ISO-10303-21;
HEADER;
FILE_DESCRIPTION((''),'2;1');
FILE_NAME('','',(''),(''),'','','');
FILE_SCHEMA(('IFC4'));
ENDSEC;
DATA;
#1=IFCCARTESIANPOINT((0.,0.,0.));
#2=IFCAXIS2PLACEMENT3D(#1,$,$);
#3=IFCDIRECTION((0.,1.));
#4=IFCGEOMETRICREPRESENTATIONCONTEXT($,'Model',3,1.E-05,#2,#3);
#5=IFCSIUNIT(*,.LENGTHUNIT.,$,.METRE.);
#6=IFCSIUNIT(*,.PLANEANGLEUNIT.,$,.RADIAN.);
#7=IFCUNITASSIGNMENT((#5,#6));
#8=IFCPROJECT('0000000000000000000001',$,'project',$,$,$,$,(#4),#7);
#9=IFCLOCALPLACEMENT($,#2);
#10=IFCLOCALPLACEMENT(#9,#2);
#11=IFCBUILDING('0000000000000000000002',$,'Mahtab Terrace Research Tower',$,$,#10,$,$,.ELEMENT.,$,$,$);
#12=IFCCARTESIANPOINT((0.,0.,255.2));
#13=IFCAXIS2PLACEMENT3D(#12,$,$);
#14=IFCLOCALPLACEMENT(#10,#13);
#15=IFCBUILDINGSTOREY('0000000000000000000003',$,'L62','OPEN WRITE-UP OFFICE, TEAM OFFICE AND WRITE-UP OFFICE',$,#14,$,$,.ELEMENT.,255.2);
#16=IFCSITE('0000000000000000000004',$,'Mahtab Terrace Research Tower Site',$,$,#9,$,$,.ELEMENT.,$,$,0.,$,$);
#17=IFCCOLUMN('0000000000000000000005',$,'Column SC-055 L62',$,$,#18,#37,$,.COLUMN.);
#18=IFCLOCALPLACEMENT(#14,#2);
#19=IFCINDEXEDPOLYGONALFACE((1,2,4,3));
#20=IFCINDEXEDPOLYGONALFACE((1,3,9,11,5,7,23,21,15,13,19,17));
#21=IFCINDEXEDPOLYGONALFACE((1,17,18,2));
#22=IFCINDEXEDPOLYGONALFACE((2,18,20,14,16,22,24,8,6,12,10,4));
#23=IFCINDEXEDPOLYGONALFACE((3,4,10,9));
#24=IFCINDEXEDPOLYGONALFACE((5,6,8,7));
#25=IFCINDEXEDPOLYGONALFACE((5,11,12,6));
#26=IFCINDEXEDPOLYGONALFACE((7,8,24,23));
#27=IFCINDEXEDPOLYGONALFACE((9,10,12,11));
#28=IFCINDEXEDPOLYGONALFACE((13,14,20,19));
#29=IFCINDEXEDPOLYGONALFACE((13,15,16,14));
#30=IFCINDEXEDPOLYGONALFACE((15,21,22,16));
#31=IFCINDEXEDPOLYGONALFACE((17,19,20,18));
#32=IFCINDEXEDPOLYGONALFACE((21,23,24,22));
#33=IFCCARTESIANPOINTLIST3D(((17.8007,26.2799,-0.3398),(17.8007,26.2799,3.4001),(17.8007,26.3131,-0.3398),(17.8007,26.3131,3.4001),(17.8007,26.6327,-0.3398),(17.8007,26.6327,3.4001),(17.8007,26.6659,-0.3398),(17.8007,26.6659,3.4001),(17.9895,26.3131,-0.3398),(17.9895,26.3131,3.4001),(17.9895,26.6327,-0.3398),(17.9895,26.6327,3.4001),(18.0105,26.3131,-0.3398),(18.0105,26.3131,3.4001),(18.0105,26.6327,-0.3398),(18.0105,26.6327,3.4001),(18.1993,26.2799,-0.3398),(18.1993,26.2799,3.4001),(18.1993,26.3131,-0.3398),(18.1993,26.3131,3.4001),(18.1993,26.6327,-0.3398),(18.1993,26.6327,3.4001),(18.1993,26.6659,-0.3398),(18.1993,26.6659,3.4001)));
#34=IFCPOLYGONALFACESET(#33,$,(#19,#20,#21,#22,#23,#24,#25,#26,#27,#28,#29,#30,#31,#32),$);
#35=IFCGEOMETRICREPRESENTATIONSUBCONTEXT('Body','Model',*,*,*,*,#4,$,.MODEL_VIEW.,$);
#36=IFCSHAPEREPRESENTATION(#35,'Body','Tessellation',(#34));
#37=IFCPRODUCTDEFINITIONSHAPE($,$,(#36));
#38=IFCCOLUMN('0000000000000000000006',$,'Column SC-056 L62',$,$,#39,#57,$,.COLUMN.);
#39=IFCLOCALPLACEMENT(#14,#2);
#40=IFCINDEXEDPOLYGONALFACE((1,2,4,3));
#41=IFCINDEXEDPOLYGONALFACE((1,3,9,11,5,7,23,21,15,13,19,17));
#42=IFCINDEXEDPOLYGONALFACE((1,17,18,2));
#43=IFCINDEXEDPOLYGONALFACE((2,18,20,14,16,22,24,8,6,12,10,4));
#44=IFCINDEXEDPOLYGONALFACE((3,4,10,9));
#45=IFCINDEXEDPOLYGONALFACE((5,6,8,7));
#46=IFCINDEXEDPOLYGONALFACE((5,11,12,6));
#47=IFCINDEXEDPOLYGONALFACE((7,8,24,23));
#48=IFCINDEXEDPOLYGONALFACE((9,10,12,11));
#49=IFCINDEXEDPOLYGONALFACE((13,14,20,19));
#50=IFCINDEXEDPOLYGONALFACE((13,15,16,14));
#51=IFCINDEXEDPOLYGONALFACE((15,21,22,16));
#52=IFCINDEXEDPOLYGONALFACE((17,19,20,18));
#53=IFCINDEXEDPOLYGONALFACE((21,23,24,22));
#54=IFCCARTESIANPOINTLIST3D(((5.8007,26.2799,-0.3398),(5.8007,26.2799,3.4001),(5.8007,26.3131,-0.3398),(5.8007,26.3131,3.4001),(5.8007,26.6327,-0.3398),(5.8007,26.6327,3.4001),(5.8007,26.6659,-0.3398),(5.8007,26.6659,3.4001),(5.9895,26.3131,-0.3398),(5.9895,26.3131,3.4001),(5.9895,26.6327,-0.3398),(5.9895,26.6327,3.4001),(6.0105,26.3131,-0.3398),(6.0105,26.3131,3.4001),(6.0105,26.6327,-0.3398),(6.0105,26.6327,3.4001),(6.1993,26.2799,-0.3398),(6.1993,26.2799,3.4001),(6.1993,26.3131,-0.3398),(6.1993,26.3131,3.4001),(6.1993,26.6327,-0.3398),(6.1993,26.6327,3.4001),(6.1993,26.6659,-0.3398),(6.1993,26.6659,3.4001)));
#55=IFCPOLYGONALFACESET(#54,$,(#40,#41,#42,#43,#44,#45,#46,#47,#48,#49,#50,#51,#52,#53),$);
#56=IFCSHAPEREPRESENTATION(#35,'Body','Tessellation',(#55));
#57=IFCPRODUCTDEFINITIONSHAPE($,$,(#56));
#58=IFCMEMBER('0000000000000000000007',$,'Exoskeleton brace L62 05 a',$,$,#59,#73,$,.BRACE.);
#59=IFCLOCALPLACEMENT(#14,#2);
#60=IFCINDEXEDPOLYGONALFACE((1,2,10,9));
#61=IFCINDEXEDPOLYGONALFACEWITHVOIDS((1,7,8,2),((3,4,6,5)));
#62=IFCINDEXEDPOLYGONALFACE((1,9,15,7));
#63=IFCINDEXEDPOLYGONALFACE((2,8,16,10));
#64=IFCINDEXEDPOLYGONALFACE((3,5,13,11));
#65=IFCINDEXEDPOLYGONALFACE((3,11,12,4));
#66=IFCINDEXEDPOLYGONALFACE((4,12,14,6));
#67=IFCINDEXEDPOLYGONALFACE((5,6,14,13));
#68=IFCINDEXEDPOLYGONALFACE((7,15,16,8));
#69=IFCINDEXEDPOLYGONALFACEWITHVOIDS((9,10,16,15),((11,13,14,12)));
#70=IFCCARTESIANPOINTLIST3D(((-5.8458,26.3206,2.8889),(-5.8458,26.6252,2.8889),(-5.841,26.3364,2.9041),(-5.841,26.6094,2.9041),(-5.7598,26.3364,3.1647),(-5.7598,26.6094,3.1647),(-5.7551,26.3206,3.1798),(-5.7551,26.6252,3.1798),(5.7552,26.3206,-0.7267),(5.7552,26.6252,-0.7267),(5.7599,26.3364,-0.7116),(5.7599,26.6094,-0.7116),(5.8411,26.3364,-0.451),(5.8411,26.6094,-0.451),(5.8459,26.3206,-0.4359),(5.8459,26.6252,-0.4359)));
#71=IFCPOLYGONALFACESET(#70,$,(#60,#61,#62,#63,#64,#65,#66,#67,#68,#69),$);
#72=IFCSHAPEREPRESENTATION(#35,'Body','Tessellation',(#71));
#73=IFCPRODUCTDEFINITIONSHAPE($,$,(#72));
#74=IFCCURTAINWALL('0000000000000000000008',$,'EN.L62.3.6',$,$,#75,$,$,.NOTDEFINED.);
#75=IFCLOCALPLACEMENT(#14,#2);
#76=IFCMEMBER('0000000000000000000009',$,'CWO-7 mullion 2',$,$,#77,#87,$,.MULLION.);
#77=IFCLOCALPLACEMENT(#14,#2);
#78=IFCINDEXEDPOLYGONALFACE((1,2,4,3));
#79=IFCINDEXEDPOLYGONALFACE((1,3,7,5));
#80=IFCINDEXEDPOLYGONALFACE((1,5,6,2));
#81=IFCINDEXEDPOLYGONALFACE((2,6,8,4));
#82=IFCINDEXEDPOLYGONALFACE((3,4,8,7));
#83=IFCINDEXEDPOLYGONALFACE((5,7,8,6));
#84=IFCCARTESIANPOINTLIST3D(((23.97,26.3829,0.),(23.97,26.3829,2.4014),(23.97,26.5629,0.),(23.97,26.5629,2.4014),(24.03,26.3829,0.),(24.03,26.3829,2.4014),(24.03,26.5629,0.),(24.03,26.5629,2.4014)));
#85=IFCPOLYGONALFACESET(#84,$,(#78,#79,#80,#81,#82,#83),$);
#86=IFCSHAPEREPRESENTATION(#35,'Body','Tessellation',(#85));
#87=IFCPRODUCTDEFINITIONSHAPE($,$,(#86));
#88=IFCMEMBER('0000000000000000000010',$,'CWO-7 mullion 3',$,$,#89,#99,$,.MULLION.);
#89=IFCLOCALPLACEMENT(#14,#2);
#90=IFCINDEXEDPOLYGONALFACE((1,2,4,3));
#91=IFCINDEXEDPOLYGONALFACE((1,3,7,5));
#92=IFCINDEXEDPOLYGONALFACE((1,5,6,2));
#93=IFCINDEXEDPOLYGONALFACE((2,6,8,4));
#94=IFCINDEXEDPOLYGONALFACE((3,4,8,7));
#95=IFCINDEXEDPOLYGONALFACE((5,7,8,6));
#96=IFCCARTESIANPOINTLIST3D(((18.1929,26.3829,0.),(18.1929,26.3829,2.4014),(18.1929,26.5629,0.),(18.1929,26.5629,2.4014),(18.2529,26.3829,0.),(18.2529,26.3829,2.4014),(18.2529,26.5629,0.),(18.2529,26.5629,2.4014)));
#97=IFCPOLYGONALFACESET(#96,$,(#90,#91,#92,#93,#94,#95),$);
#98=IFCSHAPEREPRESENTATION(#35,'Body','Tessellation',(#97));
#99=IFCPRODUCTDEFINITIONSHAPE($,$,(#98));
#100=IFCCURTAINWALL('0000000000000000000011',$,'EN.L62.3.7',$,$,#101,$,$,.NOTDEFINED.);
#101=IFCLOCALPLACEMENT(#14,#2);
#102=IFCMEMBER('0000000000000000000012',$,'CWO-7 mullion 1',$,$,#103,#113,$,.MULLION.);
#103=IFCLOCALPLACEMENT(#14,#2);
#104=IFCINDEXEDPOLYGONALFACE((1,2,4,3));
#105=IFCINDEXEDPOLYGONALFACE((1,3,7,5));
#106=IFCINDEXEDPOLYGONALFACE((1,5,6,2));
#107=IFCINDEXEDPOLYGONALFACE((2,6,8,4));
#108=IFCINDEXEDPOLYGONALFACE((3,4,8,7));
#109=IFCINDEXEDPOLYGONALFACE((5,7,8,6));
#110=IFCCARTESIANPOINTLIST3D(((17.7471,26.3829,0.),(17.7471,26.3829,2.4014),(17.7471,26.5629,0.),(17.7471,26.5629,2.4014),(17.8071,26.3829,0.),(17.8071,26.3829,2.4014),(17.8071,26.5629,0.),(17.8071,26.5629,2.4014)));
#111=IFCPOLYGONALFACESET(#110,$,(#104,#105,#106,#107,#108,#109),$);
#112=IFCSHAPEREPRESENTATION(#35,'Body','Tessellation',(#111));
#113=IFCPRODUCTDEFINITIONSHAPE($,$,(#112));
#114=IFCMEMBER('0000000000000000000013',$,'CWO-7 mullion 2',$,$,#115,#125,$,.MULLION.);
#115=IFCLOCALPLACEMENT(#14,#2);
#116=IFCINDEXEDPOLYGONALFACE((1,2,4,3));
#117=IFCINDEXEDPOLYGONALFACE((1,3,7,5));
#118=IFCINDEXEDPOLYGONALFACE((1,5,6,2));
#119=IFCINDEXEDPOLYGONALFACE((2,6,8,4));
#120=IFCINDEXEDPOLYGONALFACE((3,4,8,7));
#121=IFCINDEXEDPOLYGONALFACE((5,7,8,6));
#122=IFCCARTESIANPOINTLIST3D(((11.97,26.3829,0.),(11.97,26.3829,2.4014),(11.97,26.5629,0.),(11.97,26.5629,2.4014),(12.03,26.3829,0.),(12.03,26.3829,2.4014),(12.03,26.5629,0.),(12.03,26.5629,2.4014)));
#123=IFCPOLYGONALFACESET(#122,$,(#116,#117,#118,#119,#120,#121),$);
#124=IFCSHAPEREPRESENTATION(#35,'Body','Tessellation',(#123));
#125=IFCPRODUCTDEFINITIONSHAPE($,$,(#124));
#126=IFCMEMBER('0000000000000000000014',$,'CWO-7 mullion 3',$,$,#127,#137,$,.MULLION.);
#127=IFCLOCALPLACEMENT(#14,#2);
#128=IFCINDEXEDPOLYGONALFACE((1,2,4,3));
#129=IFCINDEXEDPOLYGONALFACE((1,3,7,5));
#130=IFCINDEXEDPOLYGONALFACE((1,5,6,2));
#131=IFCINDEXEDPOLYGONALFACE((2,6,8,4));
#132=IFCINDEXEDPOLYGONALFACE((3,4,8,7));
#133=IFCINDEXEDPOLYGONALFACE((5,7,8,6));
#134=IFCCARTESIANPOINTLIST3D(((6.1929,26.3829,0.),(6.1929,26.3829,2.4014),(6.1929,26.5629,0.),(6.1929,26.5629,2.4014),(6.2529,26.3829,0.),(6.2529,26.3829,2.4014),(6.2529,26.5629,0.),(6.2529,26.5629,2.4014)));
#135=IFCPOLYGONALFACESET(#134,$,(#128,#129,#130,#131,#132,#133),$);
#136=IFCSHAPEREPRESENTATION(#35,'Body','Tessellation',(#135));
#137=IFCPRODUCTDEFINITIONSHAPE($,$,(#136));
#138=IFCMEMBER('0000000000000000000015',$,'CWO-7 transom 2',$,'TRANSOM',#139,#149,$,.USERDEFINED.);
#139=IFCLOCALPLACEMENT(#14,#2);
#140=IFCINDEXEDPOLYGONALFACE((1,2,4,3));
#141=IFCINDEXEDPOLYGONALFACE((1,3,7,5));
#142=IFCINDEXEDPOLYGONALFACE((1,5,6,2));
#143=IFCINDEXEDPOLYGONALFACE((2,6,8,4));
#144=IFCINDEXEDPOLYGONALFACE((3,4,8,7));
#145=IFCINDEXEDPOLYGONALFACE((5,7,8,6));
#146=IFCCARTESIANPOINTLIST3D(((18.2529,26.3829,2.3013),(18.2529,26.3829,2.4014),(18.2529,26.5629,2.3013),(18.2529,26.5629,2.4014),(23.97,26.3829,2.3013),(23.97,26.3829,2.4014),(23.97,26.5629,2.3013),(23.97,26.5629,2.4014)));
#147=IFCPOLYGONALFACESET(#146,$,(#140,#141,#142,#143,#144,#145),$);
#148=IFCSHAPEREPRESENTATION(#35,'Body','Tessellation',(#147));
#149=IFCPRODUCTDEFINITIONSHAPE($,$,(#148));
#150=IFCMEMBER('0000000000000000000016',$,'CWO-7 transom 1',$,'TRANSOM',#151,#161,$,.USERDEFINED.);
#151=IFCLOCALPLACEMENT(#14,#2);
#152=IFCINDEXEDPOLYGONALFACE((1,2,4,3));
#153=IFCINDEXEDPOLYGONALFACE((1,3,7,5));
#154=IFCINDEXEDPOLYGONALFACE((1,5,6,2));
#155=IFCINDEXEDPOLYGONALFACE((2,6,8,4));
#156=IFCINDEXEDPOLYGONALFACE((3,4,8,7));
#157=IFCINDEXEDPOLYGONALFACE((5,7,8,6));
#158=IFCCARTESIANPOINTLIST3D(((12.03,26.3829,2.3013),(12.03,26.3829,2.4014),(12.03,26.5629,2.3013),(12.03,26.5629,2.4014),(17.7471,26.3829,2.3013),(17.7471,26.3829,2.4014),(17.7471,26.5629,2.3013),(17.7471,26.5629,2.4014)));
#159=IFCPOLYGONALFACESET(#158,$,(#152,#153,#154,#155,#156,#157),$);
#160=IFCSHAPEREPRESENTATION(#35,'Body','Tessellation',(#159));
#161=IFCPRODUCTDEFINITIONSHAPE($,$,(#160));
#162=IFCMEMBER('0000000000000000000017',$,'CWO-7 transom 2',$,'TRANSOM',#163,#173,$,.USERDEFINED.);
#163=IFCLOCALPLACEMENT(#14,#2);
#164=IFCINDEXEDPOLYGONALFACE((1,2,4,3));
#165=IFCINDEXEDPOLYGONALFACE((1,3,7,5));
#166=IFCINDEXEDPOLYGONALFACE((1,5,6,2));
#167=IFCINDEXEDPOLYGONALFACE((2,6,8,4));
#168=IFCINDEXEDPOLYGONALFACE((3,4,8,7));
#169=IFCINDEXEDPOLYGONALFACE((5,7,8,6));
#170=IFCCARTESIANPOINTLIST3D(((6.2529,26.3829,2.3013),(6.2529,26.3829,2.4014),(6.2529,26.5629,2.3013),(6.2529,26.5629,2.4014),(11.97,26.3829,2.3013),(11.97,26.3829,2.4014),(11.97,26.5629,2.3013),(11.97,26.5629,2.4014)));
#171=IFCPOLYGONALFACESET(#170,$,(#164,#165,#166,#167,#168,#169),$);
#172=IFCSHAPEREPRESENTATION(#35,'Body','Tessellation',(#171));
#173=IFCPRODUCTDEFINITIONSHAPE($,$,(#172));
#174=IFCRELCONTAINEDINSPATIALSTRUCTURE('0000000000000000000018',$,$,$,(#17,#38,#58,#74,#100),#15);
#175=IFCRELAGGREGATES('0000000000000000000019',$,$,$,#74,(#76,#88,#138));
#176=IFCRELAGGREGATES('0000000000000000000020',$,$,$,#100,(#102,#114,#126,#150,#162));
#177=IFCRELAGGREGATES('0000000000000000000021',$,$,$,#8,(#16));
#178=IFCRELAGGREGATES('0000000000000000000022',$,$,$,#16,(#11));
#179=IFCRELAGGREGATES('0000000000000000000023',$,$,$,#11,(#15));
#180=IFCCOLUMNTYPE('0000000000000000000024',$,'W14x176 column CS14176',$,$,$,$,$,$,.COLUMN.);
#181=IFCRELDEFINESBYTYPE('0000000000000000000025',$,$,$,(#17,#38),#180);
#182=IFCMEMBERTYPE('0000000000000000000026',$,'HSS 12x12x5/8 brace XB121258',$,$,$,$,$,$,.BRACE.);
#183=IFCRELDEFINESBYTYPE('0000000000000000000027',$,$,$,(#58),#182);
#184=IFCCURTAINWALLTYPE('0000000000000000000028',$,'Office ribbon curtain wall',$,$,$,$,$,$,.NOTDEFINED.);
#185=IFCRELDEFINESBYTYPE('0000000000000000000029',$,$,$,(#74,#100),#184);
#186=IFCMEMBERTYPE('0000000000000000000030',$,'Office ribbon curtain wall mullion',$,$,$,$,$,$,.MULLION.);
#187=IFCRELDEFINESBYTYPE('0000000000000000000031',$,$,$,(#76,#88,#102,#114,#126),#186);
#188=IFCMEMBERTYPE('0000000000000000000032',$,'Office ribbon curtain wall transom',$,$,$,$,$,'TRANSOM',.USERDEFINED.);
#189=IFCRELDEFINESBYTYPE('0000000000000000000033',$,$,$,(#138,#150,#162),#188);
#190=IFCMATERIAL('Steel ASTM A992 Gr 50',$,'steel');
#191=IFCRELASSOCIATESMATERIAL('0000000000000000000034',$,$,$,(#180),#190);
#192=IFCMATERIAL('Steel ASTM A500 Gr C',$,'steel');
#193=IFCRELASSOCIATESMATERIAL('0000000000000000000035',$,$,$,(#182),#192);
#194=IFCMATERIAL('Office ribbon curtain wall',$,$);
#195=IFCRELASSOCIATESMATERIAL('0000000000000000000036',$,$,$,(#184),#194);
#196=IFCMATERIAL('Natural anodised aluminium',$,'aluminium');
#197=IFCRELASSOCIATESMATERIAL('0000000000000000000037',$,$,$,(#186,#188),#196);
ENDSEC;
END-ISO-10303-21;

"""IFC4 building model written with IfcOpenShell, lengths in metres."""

from ifc_helpers import new_model, si_unit, direction, frame, origin, origin_2d, place, context, subcontext, project, spatial, rectangle, hollow_rectangle, i_section, extrude, material, material_profile, profile_set, type_object, element, aggregate, save


model = new_model("IFC4")

# Units and contexts
model_context = context("Model", 3, precision=1e-05, world=origin(), true_north=direction((0.0, 1.0)))
body_context = subcontext(model_context, "Body", "Model", "MODEL_VIEW")
ifc_project = project(units=[si_unit("LENGTHUNIT", "METRE"), si_unit("PLANEANGLEUNIT", "RADIAN")], contexts=[model_context])

# Site, building, storey
site_placement = place(None, origin())
site = spatial("IfcSite", under=ifc_project, at=site_placement, Name="Mahtab Terrace Research Tower Site", CompositionType="ELEMENT", RefElevation=0.0)
building_placement = place(site_placement, origin())
building = spatial("IfcBuilding", under=site, at=building_placement, Name="Mahtab Terrace Research Tower", CompositionType="ELEMENT")
storey_placement = place(building_placement, frame((0.0, 0.0, 255.2)))
storey = spatial("IfcBuildingStorey", under=building, at=storey_placement, Name="L62", Description="OPEN WRITE-UP OFFICE, TEAM OFFICE AND WRITE-UP OFFICE", CompositionType="ELEMENT", Elevation=255.2)

# Columns
ifc_material_1 = material(Name="Steel ASTM A992 Gr 50", Category="steel")
ifc_material_profile_1 = material_profile(ifc_material_1, i_section(OverallWidth=0.3987, OverallDepth=0.386, WebThickness=0.021, FlangeThickness=0.0332, at=origin_2d()), Name="W14X176")
ifc_profile_set_1 = profile_set([ifc_material_profile_1], Name="Steel ASTM A992 Gr 50")
column_type = type_object("IfcColumnType", Name="W14x176 column CS14176", PredefinedType="COLUMN", material=ifc_profile_set_1)
for number, where, z_axis, x_axis, name in (
    (1, (18.0, 26.4729, -0.3398), (0.0, 0.0, 1.0), (1.0, 0.0, 0.0), "Column SC-055 L62"),
    (2, (6.0, 26.4729, -0.3398), (0.0, 0.0, 1.0), (1.0, 0.0, 0.0), "Column SC-056 L62"),
):
    element("IfcColumn", number, at=place(storey_placement, frame(where, z_axis=z_axis, x_axis=x_axis)), inside=storey, type_object=column_type, Name=name, PredefinedType="COLUMN", context=body_context, shape_type="SweptSolid", body=[
        extrude(i_section(OverallWidth=0.3987, OverallDepth=0.386, WebThickness=0.021, FlangeThickness=0.0332, at=origin_2d()), origin(), (0.0, 0.0, 1.0), 3.74),
    ])

# Member
ifc_material_2 = material(Name="Steel ASTM A500 Gr C", Category="steel")
ifc_material_profile_2 = material_profile(ifc_material_2, hollow_rectangle(XDim=0.3047, YDim=0.3047, WallThickness=0.0159, at=origin_2d()), Name="HSS12X12X5/8")
ifc_profile_set_2 = profile_set([ifc_material_profile_2], Name="Steel ASTM A500 Gr C")
member_type_1 = type_object("IfcMemberType", Name="HSS 12x12x5/8 brace XB121258", PredefinedType="BRACE", material=ifc_profile_set_2)
member_1_placement = place(storey_placement, frame((5.8005, 26.4729, -0.5813), z_axis=(-0.954705, 0.0, 0.297554), x_axis=(0.0, -1.0, 0.0)))
element("IfcMember", 3, at=member_1_placement, inside=storey, type_object=member_type_1, Name="Exoskeleton brace L62 05 a", PredefinedType="BRACE", context=body_context, shape_type="SweptSolid", body=[
    extrude(hollow_rectangle(XDim=0.3047, YDim=0.3047, WallThickness=0.0159, at=origin_2d()), origin(), (0.0, 0.0, 1.0), 12.1514),
])

# Curtain walls, members
ifc_material_3 = material(Name="Office ribbon curtain wall")
curtain_wall_type = type_object("IfcCurtainWallType", Name="Office ribbon curtain wall", PredefinedType="NOTDEFINED", material=ifc_material_3)
curtain_wall_1_placement = place(storey_placement, origin())
curtain_wall_1 = element("IfcCurtainWall", 4, at=curtain_wall_1_placement, inside=storey, type_object=curtain_wall_type, Name="EN.L62.3.6", PredefinedType="NOTDEFINED")
ifc_material_4 = material(Name="Natural anodised aluminium", Category="aluminium")
ifc_material_profile_3 = material_profile(ifc_material_4, rectangle(XDim=0.1799, YDim=0.0601, at=origin_2d()), Name="MULLION 60x180")
ifc_profile_set_3 = profile_set([ifc_material_profile_3], Name="Natural anodised aluminium")
member_type_2 = type_object("IfcMemberType", Name="Office ribbon curtain wall mullion", PredefinedType="MULLION", material=ifc_profile_set_3)
member_2_placement = place(storey_placement, frame((24.0, 26.4729, 0.0), z_axis=(0.0, 0.0, 1.0), x_axis=(0.0, -1.0, 0.0)))
member_2 = element("IfcMember", 5, at=member_2_placement, type_object=member_type_2, Name="CWO-7 mullion 2", PredefinedType="MULLION", context=body_context, shape_type="SweptSolid", body=[
    extrude(rectangle(XDim=0.1799, YDim=0.0601, at=origin_2d()), origin(), (0.0, 0.0, 1.0), 2.4014),
])
member_3_placement = place(storey_placement, frame((18.2229, 26.4729, 0.0), z_axis=(0.0, 0.0, 1.0), x_axis=(0.0, -1.0, 0.0)))
member_3 = element("IfcMember", 6, at=member_3_placement, type_object=member_type_2, Name="CWO-7 mullion 3", PredefinedType="MULLION", context=body_context, shape_type="SweptSolid", body=[
    extrude(rectangle(XDim=0.1799, YDim=0.0601, at=origin_2d()), origin(), (0.0, 0.0, 1.0), 2.4014),
])
curtain_wall_2_placement = place(storey_placement, origin())
curtain_wall_2 = element("IfcCurtainWall", 7, at=curtain_wall_2_placement, inside=storey, type_object=curtain_wall_type, Name="EN.L62.3.7", PredefinedType="NOTDEFINED")
member_4_placement = place(storey_placement, frame((17.7771, 26.4729, 0.0), z_axis=(0.0, 0.0, 1.0), x_axis=(0.0, -1.0, 0.0)))
member_4 = element("IfcMember", 8, at=member_4_placement, type_object=member_type_2, Name="CWO-7 mullion 1", PredefinedType="MULLION", context=body_context, shape_type="SweptSolid", body=[
    extrude(rectangle(XDim=0.1799, YDim=0.0601, at=origin_2d()), origin(), (0.0, 0.0, 1.0), 2.4014),
])
member_5_placement = place(storey_placement, frame((12.0, 26.4729, 0.0), z_axis=(0.0, 0.0, 1.0), x_axis=(0.0, -1.0, 0.0)))
member_5 = element("IfcMember", 9, at=member_5_placement, type_object=member_type_2, Name="CWO-7 mullion 2", PredefinedType="MULLION", context=body_context, shape_type="SweptSolid", body=[
    extrude(rectangle(XDim=0.1799, YDim=0.0601, at=origin_2d()), origin(), (0.0, 0.0, 1.0), 2.4014),
])
member_6_placement = place(storey_placement, frame((6.2229, 26.4729, 0.0), z_axis=(0.0, 0.0, 1.0), x_axis=(0.0, -1.0, 0.0)))
member_6 = element("IfcMember", 10, at=member_6_placement, type_object=member_type_2, Name="CWO-7 mullion 3", PredefinedType="MULLION", context=body_context, shape_type="SweptSolid", body=[
    extrude(rectangle(XDim=0.1799, YDim=0.0601, at=origin_2d()), origin(), (0.0, 0.0, 1.0), 2.4014),
])

# Members
ifc_material_profile_4 = material_profile(ifc_material_4, rectangle(XDim=0.1799, YDim=0.1001, at=origin_2d()), Name="TRANSOM 100x180")
ifc_profile_set_4 = profile_set([ifc_material_profile_4], Name="Natural anodised aluminium")
member_type_3 = type_object("IfcMemberType", Name="Office ribbon curtain wall transom", ElementType="TRANSOM", PredefinedType="USERDEFINED", material=ifc_profile_set_4)
member_7_placement = place(storey_placement, frame((23.97, 26.4729, 2.3513), z_axis=(-1.0, 0.0, 0.0), x_axis=(0.0, -1.0, 0.0)))
member_7 = element("IfcMember", 11, at=member_7_placement, type_object=member_type_3, Name="CWO-7 transom 2", ObjectType="TRANSOM", PredefinedType="USERDEFINED", context=body_context, shape_type="SweptSolid", body=[
    extrude(rectangle(XDim=0.1799, YDim=0.1001, at=origin_2d()), origin(), (0.0, 0.0, 1.0), 5.717),
])
member_8_placement = place(storey_placement, frame((17.7471, 26.4729, 2.3513), z_axis=(-1.0, 0.0, 0.0), x_axis=(0.0, -1.0, 0.0)))
member_8 = element("IfcMember", 12, at=member_8_placement, type_object=member_type_3, Name="CWO-7 transom 1", ObjectType="TRANSOM", PredefinedType="USERDEFINED", context=body_context, shape_type="SweptSolid", body=[
    extrude(rectangle(XDim=0.1799, YDim=0.1001, at=origin_2d()), origin(), (0.0, 0.0, 1.0), 5.717),
])
member_9_placement = place(storey_placement, frame((11.97, 26.4729, 2.3513), z_axis=(-1.0, 0.0, 0.0), x_axis=(0.0, -1.0, 0.0)))
member_9 = element("IfcMember", 13, at=member_9_placement, type_object=member_type_3, Name="CWO-7 transom 2", ObjectType="TRANSOM", PredefinedType="USERDEFINED", context=body_context, shape_type="SweptSolid", body=[
    extrude(rectangle(XDim=0.1799, YDim=0.1001, at=origin_2d()), origin(), (0.0, 0.0, 1.0), 5.717),
])

aggregate(curtain_wall_1, [member_2, member_3, member_7])
aggregate(curtain_wall_2, [member_4, member_5, member_6, member_8, member_9])

save(model, "model.ifc")
